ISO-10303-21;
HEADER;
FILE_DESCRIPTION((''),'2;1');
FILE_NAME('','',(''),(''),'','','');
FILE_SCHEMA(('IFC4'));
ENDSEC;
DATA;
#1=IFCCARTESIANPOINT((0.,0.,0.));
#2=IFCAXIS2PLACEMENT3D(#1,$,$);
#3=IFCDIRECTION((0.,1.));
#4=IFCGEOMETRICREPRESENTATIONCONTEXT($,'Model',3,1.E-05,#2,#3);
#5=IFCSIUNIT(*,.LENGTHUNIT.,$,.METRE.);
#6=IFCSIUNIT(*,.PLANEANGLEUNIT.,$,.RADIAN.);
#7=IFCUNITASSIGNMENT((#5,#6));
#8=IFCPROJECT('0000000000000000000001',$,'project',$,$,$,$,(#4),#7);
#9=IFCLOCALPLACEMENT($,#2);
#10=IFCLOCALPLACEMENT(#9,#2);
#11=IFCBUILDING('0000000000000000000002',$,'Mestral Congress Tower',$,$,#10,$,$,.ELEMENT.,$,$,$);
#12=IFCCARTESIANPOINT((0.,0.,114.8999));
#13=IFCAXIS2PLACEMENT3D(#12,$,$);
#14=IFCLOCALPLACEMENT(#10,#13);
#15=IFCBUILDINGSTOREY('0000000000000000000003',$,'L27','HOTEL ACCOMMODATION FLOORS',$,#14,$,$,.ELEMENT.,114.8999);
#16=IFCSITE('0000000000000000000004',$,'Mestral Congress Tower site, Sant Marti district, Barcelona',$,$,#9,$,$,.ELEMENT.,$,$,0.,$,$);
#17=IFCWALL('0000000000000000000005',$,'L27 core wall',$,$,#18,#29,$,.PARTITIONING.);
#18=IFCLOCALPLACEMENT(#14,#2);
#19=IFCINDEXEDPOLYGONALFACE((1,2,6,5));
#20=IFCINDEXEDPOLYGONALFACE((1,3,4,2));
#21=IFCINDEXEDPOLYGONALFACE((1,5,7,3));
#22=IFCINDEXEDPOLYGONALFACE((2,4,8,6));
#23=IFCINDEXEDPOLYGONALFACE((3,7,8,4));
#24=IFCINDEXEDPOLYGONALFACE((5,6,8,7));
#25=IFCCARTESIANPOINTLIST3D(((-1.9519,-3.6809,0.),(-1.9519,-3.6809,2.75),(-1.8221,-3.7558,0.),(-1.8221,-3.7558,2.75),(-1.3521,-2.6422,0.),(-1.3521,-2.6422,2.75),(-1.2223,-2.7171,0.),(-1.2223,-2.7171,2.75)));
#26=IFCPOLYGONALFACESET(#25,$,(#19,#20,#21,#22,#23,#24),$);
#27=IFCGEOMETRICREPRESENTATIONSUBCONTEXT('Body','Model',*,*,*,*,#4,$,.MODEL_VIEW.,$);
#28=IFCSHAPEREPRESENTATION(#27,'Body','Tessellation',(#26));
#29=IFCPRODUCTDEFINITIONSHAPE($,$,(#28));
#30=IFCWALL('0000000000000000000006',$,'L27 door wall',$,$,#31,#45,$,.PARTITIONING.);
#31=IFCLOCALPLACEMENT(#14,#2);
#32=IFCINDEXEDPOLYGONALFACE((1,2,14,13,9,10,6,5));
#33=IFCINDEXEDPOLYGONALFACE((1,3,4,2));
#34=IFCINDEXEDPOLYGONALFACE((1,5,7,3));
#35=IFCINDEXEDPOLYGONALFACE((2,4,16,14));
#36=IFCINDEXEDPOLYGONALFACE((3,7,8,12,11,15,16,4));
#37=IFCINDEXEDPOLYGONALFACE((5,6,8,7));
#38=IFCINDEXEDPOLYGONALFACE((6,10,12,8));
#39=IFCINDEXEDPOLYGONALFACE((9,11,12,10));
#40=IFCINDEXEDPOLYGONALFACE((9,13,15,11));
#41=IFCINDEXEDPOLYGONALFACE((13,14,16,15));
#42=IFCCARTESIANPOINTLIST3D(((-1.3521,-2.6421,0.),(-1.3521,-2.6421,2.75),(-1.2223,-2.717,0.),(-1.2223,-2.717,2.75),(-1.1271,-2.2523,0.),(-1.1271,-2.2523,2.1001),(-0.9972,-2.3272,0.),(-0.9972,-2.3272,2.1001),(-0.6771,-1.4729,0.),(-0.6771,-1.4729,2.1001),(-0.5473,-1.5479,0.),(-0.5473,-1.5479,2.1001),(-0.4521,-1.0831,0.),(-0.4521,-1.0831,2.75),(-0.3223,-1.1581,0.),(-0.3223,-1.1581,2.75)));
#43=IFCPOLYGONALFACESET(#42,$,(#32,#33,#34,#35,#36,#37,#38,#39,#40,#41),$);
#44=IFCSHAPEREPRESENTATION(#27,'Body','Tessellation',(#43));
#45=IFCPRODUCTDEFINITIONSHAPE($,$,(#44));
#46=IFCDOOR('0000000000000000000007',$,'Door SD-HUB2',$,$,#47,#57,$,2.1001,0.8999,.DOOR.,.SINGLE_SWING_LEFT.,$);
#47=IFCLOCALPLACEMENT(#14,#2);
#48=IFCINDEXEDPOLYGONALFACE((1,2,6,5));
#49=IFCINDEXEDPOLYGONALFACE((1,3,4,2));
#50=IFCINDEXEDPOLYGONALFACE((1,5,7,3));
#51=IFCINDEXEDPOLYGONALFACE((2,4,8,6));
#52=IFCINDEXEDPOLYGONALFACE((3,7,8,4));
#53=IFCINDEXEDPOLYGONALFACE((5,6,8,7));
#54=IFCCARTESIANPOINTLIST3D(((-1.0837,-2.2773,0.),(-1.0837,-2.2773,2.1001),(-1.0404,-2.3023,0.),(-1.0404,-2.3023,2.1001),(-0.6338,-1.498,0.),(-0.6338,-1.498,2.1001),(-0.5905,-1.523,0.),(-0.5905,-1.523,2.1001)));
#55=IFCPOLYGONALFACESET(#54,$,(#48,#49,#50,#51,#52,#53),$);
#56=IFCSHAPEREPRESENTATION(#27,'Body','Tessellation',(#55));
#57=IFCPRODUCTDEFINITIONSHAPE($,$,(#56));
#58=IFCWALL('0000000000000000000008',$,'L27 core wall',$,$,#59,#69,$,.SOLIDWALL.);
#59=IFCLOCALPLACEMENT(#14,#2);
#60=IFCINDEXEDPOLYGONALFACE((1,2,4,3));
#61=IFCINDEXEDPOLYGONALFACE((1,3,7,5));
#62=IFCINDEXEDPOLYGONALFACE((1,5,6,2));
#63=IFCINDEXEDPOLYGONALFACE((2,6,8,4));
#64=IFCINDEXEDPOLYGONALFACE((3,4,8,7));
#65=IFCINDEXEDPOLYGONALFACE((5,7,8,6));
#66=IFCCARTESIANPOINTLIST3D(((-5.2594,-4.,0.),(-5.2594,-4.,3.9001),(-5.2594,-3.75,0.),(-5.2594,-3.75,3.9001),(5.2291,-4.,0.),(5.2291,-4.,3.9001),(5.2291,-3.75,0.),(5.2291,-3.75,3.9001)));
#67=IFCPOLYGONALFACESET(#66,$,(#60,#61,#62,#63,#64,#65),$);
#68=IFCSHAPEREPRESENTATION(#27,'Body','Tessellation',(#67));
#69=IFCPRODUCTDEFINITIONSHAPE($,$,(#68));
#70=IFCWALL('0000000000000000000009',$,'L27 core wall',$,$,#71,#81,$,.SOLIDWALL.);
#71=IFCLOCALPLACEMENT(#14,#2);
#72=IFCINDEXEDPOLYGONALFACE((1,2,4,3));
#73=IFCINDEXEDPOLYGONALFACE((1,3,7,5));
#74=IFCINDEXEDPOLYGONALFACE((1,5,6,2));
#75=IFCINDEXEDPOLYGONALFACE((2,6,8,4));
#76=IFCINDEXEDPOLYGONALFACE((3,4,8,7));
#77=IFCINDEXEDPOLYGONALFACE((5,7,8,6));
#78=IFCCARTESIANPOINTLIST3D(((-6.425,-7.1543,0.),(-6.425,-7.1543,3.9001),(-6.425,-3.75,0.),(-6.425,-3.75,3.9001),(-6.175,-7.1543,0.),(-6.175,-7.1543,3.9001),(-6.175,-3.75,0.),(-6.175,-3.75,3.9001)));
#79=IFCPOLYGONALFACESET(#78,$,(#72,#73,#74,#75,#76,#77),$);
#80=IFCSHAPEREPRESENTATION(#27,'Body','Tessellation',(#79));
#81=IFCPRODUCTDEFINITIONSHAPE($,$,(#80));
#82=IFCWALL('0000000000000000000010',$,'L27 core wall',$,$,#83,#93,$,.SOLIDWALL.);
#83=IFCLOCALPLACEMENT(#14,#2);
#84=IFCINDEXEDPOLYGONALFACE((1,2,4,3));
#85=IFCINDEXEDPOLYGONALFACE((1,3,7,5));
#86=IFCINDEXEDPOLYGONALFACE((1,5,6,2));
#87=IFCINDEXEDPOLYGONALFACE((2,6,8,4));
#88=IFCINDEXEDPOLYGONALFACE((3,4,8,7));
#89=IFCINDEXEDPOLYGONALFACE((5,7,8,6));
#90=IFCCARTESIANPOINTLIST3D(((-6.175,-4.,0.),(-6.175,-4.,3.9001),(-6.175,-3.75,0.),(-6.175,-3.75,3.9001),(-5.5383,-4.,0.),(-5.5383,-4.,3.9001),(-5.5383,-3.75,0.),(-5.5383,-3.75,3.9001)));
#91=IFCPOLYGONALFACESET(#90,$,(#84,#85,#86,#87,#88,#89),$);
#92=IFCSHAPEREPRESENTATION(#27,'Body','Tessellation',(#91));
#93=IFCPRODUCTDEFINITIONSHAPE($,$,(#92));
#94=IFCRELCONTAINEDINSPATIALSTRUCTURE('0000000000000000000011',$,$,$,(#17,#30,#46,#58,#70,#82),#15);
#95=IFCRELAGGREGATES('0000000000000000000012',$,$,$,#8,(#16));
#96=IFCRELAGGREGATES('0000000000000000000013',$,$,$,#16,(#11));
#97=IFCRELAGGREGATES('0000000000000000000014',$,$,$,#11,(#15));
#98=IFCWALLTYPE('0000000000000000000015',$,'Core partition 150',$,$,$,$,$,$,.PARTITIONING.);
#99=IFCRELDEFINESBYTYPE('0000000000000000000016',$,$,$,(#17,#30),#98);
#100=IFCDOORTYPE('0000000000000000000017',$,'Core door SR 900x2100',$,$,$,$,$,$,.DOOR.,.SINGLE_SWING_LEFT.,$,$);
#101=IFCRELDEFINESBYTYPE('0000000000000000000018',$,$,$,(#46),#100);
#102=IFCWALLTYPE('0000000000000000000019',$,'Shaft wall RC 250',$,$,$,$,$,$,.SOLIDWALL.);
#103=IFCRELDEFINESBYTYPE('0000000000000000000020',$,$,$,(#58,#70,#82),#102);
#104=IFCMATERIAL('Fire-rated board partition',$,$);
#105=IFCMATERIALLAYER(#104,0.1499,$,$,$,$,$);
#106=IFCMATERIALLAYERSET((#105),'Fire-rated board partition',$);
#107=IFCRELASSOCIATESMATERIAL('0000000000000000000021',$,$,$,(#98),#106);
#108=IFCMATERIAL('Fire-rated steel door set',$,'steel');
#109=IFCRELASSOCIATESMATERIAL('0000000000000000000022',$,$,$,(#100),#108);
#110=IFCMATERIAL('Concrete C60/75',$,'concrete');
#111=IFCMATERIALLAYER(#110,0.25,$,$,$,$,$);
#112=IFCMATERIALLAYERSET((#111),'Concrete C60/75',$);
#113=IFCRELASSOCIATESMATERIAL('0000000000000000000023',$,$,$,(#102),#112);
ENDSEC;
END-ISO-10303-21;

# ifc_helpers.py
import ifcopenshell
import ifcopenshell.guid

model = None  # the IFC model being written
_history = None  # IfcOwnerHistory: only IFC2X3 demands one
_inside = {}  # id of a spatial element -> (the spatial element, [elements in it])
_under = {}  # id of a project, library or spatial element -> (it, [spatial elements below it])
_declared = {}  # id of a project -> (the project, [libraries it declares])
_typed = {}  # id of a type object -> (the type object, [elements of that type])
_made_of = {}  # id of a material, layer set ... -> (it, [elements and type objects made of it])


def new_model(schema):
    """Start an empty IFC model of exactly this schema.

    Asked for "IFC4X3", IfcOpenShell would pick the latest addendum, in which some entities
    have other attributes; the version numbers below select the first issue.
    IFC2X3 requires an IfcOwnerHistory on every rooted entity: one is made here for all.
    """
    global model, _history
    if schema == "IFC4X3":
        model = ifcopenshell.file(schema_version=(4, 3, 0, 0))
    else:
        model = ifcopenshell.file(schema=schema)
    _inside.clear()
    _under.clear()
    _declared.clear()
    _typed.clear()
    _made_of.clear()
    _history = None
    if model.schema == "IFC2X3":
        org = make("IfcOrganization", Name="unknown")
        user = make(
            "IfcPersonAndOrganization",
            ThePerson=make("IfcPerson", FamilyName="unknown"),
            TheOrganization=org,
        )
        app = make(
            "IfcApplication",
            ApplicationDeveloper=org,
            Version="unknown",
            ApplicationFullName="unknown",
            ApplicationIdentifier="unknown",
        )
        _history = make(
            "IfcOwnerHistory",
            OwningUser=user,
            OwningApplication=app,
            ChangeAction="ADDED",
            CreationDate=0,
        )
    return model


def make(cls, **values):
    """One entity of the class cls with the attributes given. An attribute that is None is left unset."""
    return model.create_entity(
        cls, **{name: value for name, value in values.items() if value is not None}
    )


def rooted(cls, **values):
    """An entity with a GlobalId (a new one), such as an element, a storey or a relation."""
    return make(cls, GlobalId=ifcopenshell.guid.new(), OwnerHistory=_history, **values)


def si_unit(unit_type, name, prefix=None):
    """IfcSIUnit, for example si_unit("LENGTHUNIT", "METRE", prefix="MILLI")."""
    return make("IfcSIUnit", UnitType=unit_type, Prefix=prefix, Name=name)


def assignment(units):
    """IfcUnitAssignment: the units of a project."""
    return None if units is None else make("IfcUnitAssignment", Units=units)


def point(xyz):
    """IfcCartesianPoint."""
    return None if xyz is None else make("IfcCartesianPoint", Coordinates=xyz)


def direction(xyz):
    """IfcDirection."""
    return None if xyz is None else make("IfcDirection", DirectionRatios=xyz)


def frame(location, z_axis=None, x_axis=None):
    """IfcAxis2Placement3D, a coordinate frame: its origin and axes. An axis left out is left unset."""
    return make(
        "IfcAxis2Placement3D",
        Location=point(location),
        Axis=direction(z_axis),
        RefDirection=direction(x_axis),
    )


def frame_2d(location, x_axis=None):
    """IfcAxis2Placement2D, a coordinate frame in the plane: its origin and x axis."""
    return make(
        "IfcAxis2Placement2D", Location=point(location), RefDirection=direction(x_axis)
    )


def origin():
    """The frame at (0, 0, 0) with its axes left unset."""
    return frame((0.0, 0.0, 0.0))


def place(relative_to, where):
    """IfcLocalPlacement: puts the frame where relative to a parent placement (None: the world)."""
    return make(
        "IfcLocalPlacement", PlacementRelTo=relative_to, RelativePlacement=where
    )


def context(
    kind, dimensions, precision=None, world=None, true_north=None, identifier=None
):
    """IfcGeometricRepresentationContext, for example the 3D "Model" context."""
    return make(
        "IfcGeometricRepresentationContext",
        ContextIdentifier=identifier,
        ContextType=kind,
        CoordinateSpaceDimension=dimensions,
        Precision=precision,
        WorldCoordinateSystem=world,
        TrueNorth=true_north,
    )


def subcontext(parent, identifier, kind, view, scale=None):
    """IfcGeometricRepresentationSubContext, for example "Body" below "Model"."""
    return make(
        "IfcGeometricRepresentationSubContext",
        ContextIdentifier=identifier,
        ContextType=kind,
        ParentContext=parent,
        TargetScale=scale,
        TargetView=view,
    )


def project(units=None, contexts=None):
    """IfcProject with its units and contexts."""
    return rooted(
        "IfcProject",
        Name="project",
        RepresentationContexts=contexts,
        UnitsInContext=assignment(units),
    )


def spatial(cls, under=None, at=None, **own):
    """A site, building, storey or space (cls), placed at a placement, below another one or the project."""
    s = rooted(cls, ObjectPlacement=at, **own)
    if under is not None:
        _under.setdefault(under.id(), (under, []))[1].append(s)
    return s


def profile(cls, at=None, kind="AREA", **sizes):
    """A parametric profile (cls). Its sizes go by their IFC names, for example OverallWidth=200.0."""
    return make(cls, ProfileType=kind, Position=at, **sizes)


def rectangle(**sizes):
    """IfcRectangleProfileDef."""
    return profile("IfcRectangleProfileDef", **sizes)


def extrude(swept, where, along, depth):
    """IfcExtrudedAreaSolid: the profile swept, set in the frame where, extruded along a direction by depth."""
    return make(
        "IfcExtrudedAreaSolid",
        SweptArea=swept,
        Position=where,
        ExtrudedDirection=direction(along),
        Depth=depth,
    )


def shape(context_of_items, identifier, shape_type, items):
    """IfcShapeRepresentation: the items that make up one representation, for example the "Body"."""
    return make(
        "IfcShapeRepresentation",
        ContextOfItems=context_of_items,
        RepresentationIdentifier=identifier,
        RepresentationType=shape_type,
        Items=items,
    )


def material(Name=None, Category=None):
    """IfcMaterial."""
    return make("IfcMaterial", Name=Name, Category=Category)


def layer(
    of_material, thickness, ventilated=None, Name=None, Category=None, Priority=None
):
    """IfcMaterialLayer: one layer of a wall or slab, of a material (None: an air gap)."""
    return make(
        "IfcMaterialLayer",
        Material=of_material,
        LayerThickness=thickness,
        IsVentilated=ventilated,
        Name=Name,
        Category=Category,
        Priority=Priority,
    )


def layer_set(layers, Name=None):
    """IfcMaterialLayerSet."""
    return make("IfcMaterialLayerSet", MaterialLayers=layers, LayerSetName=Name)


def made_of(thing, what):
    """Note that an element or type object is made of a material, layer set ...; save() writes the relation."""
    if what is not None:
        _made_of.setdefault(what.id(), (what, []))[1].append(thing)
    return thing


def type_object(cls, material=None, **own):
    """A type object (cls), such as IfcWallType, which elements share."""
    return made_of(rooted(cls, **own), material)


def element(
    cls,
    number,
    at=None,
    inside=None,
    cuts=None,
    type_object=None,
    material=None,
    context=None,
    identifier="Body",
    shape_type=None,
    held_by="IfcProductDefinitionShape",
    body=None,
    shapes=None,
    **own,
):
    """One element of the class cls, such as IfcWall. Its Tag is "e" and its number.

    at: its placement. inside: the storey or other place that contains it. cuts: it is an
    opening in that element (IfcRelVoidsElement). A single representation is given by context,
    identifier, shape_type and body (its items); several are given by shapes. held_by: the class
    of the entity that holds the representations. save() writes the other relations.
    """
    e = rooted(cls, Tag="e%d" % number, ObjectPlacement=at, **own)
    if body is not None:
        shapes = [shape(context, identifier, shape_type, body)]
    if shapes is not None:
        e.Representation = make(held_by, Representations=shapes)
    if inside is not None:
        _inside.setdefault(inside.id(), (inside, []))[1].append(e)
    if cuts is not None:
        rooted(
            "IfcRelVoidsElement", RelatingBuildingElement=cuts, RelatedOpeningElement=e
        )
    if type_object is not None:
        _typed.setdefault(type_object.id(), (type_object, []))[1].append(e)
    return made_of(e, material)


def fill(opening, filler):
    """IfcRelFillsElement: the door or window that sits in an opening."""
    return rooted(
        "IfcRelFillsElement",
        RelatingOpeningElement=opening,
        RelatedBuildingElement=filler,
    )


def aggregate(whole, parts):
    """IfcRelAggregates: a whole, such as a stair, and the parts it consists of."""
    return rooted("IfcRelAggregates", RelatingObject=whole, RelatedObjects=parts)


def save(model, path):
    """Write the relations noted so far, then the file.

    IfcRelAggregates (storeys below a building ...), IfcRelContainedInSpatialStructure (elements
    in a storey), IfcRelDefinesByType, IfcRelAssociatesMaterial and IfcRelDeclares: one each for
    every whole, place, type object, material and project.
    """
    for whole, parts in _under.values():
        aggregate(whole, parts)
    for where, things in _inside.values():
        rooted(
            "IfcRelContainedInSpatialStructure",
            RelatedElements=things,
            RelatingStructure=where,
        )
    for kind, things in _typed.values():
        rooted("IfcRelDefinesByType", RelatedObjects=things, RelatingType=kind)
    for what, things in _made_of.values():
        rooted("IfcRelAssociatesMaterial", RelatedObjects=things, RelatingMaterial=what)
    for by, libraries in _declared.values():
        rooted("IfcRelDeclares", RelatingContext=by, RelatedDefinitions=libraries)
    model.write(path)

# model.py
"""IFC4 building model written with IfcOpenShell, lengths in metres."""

from ifc_helpers import new_model, si_unit, direction, frame, frame_2d, origin, place, context, subcontext, project, spatial, rectangle, extrude, material, layer, layer_set, type_object, element, fill, save


model = new_model("IFC4")

# Units and contexts
model_context = context("Model", 3, precision=1e-05, world=origin(), true_north=direction((0.0, 1.0)))
body_context = subcontext(model_context, "Body", "Model", "MODEL_VIEW")
ifc_project = project(units=[si_unit("LENGTHUNIT", "METRE"), si_unit("PLANEANGLEUNIT", "RADIAN")], contexts=[model_context])

# Site, building, storey
site_placement = place(None, origin())
site = spatial("IfcSite", under=ifc_project, at=site_placement, Name="Mestral Congress Tower site, Sant Marti district, Barcelona", CompositionType="ELEMENT", RefElevation=0.0)
building_placement = place(site_placement, origin())
building = spatial("IfcBuilding", under=site, at=building_placement, Name="Mestral Congress Tower", CompositionType="ELEMENT")
storey_placement = place(building_placement, frame((0.0, 0.0, 114.8999)))
storey = spatial("IfcBuildingStorey", under=building, at=storey_placement, Name="L27", Description="HOTEL ACCOMMODATION FLOORS", CompositionType="ELEMENT", Elevation=114.8999)

# Wall
ifc_material_1 = material(Name="Fire-rated board partition")
ifc_layer_1 = layer(ifc_material_1, 0.1499)
ifc_layer_set_1 = layer_set([ifc_layer_1], Name="Fire-rated board partition")
wall_type_1 = type_object("IfcWallType", Name="Core partition 150", PredefinedType="PARTITIONING", material=ifc_layer_set_1)
wall_1_placement = place(storey_placement, frame((-1.887, -3.7183, 0.0), z_axis=(0.0, 0.0, 1.0), x_axis=(0.500057, 0.865992, 0.0)))
element("IfcWall", 1, at=wall_1_placement, inside=storey, type_object=wall_type_1, Name="L27 core wall", PredefinedType="PARTITIONING", context=body_context, shape_type="SweptSolid", body=[
    extrude(rectangle(XDim=1.1995, YDim=0.1499, at=frame_2d((0.5996, 0.0))), origin(), (0.0, 0.0, 1.0), 2.75),
])

# Wall, opening, door
wall_2_placement = place(storey_placement, frame((-1.2871, -2.6794, 0.0), z_axis=(0.0, 0.0, 1.0), x_axis=(0.499961, 0.866048, 0.0)))
wall_2 = element("IfcWall", 2, at=wall_2_placement, inside=storey, type_object=wall_type_1, Name="L27 door wall", PredefinedType="PARTITIONING", context=body_context, shape_type="SweptSolid", body=[
    extrude(rectangle(XDim=1.8, YDim=0.1499, at=frame_2d((0.8999, 0.0))), origin(), (0.0, 0.0, 1.0), 2.75),
])
opening_1_placement = place(wall_2_placement, frame((0.45, 0.0, 0.0)))
opening_1 = element("IfcOpeningElement", 3, at=opening_1_placement, cuts=wall_2, PredefinedType="OPENING", context=body_context, shape_type="SweptSolid", body=[
    extrude(rectangle(XDim=0.8999, YDim=2.1001, at=frame_2d((0.45, 1.05))), frame((0.0, 0.085, 0.0), z_axis=(0.0, -1.0, 0.0), x_axis=(1.0, 0.0, 0.0)), (0.0, 0.0, 1.0), 0.1699),
])
ifc_material_2 = material(Name="Fire-rated steel door set", Category="steel")
door_type_1 = type_object("IfcDoorType", Name="Core door SR 900x2100", OperationType="SINGLE_SWING_LEFT", PredefinedType="DOOR", material=ifc_material_2)
door_1_placement = place(opening_1_placement, origin())
door_1 = element("IfcDoor", 4, at=door_1_placement, inside=storey, type_object=door_type_1, Name="Door SD-HUB2", OperationType="SINGLE_SWING_LEFT", OverallHeight=2.1001, OverallWidth=0.8999, PredefinedType="DOOR", context=body_context, shape_type="SweptSolid", body=[
    extrude(rectangle(XDim=0.8999, YDim=2.1001, at=frame_2d((0.45, 1.05))), frame((0.0, 0.0249, 0.0), z_axis=(0.0, -1.0, 0.0), x_axis=(1.0, 0.0, 0.0)), (0.0, 0.0, 1.0), 0.05),
])
fill(opening_1, door_1)

# Walls
ifc_material_3 = material(Name="Concrete C60/75", Category="concrete")
ifc_layer_2 = layer(ifc_material_3, 0.25)
ifc_layer_set_2 = layer_set([ifc_layer_2], Name="Concrete C60/75")
wall_type_2 = type_object("IfcWallType", Name="Shaft wall RC 250", PredefinedType="SOLIDWALL", material=ifc_layer_set_2)
wall_3_placement = place(storey_placement, frame((-5.2593, -3.875, 0.0), z_axis=(0.0, 0.0, 1.0), x_axis=(1.0, 0.0, 0.0)))
element("IfcWall", 5, at=wall_3_placement, inside=storey, type_object=wall_type_2, Name="L27 core wall", PredefinedType="SOLIDWALL", context=body_context, shape_type="SweptSolid", body=[
    extrude(rectangle(XDim=10.4885, YDim=0.25, at=frame_2d((5.2441, 0.0))), origin(), (0.0, 0.0, 1.0), 3.9001),
])
wall_4_placement = place(storey_placement, frame((-6.3, -3.75, 0.0), z_axis=(0.0, 0.0, 1.0), x_axis=(0.0, -1.0, 0.0)))
element("IfcWall", 6, at=wall_4_placement, inside=storey, type_object=wall_type_2, Name="L27 core wall", PredefinedType="SOLIDWALL", context=body_context, shape_type="SweptSolid", body=[
    extrude(rectangle(XDim=3.4043, YDim=0.25, at=frame_2d((1.7021, 0.0))), origin(), (0.0, 0.0, 1.0), 3.9001),
])
wall_5_placement = place(storey_placement, frame((-6.175, -3.875, 0.0), z_axis=(0.0, 0.0, 1.0), x_axis=(1.0, 0.0, 0.0)))
element("IfcWall", 7, at=wall_5_placement, inside=storey, type_object=wall_type_2, Name="L27 core wall", PredefinedType="SOLIDWALL", context=body_context, shape_type="SweptSolid", body=[
    extrude(rectangle(XDim=0.6367, YDim=0.25, at=frame_2d((0.3184, 0.0))), origin(), (0.0, 0.0, 1.0), 3.9001),
])

save(model, "model.ifc")
